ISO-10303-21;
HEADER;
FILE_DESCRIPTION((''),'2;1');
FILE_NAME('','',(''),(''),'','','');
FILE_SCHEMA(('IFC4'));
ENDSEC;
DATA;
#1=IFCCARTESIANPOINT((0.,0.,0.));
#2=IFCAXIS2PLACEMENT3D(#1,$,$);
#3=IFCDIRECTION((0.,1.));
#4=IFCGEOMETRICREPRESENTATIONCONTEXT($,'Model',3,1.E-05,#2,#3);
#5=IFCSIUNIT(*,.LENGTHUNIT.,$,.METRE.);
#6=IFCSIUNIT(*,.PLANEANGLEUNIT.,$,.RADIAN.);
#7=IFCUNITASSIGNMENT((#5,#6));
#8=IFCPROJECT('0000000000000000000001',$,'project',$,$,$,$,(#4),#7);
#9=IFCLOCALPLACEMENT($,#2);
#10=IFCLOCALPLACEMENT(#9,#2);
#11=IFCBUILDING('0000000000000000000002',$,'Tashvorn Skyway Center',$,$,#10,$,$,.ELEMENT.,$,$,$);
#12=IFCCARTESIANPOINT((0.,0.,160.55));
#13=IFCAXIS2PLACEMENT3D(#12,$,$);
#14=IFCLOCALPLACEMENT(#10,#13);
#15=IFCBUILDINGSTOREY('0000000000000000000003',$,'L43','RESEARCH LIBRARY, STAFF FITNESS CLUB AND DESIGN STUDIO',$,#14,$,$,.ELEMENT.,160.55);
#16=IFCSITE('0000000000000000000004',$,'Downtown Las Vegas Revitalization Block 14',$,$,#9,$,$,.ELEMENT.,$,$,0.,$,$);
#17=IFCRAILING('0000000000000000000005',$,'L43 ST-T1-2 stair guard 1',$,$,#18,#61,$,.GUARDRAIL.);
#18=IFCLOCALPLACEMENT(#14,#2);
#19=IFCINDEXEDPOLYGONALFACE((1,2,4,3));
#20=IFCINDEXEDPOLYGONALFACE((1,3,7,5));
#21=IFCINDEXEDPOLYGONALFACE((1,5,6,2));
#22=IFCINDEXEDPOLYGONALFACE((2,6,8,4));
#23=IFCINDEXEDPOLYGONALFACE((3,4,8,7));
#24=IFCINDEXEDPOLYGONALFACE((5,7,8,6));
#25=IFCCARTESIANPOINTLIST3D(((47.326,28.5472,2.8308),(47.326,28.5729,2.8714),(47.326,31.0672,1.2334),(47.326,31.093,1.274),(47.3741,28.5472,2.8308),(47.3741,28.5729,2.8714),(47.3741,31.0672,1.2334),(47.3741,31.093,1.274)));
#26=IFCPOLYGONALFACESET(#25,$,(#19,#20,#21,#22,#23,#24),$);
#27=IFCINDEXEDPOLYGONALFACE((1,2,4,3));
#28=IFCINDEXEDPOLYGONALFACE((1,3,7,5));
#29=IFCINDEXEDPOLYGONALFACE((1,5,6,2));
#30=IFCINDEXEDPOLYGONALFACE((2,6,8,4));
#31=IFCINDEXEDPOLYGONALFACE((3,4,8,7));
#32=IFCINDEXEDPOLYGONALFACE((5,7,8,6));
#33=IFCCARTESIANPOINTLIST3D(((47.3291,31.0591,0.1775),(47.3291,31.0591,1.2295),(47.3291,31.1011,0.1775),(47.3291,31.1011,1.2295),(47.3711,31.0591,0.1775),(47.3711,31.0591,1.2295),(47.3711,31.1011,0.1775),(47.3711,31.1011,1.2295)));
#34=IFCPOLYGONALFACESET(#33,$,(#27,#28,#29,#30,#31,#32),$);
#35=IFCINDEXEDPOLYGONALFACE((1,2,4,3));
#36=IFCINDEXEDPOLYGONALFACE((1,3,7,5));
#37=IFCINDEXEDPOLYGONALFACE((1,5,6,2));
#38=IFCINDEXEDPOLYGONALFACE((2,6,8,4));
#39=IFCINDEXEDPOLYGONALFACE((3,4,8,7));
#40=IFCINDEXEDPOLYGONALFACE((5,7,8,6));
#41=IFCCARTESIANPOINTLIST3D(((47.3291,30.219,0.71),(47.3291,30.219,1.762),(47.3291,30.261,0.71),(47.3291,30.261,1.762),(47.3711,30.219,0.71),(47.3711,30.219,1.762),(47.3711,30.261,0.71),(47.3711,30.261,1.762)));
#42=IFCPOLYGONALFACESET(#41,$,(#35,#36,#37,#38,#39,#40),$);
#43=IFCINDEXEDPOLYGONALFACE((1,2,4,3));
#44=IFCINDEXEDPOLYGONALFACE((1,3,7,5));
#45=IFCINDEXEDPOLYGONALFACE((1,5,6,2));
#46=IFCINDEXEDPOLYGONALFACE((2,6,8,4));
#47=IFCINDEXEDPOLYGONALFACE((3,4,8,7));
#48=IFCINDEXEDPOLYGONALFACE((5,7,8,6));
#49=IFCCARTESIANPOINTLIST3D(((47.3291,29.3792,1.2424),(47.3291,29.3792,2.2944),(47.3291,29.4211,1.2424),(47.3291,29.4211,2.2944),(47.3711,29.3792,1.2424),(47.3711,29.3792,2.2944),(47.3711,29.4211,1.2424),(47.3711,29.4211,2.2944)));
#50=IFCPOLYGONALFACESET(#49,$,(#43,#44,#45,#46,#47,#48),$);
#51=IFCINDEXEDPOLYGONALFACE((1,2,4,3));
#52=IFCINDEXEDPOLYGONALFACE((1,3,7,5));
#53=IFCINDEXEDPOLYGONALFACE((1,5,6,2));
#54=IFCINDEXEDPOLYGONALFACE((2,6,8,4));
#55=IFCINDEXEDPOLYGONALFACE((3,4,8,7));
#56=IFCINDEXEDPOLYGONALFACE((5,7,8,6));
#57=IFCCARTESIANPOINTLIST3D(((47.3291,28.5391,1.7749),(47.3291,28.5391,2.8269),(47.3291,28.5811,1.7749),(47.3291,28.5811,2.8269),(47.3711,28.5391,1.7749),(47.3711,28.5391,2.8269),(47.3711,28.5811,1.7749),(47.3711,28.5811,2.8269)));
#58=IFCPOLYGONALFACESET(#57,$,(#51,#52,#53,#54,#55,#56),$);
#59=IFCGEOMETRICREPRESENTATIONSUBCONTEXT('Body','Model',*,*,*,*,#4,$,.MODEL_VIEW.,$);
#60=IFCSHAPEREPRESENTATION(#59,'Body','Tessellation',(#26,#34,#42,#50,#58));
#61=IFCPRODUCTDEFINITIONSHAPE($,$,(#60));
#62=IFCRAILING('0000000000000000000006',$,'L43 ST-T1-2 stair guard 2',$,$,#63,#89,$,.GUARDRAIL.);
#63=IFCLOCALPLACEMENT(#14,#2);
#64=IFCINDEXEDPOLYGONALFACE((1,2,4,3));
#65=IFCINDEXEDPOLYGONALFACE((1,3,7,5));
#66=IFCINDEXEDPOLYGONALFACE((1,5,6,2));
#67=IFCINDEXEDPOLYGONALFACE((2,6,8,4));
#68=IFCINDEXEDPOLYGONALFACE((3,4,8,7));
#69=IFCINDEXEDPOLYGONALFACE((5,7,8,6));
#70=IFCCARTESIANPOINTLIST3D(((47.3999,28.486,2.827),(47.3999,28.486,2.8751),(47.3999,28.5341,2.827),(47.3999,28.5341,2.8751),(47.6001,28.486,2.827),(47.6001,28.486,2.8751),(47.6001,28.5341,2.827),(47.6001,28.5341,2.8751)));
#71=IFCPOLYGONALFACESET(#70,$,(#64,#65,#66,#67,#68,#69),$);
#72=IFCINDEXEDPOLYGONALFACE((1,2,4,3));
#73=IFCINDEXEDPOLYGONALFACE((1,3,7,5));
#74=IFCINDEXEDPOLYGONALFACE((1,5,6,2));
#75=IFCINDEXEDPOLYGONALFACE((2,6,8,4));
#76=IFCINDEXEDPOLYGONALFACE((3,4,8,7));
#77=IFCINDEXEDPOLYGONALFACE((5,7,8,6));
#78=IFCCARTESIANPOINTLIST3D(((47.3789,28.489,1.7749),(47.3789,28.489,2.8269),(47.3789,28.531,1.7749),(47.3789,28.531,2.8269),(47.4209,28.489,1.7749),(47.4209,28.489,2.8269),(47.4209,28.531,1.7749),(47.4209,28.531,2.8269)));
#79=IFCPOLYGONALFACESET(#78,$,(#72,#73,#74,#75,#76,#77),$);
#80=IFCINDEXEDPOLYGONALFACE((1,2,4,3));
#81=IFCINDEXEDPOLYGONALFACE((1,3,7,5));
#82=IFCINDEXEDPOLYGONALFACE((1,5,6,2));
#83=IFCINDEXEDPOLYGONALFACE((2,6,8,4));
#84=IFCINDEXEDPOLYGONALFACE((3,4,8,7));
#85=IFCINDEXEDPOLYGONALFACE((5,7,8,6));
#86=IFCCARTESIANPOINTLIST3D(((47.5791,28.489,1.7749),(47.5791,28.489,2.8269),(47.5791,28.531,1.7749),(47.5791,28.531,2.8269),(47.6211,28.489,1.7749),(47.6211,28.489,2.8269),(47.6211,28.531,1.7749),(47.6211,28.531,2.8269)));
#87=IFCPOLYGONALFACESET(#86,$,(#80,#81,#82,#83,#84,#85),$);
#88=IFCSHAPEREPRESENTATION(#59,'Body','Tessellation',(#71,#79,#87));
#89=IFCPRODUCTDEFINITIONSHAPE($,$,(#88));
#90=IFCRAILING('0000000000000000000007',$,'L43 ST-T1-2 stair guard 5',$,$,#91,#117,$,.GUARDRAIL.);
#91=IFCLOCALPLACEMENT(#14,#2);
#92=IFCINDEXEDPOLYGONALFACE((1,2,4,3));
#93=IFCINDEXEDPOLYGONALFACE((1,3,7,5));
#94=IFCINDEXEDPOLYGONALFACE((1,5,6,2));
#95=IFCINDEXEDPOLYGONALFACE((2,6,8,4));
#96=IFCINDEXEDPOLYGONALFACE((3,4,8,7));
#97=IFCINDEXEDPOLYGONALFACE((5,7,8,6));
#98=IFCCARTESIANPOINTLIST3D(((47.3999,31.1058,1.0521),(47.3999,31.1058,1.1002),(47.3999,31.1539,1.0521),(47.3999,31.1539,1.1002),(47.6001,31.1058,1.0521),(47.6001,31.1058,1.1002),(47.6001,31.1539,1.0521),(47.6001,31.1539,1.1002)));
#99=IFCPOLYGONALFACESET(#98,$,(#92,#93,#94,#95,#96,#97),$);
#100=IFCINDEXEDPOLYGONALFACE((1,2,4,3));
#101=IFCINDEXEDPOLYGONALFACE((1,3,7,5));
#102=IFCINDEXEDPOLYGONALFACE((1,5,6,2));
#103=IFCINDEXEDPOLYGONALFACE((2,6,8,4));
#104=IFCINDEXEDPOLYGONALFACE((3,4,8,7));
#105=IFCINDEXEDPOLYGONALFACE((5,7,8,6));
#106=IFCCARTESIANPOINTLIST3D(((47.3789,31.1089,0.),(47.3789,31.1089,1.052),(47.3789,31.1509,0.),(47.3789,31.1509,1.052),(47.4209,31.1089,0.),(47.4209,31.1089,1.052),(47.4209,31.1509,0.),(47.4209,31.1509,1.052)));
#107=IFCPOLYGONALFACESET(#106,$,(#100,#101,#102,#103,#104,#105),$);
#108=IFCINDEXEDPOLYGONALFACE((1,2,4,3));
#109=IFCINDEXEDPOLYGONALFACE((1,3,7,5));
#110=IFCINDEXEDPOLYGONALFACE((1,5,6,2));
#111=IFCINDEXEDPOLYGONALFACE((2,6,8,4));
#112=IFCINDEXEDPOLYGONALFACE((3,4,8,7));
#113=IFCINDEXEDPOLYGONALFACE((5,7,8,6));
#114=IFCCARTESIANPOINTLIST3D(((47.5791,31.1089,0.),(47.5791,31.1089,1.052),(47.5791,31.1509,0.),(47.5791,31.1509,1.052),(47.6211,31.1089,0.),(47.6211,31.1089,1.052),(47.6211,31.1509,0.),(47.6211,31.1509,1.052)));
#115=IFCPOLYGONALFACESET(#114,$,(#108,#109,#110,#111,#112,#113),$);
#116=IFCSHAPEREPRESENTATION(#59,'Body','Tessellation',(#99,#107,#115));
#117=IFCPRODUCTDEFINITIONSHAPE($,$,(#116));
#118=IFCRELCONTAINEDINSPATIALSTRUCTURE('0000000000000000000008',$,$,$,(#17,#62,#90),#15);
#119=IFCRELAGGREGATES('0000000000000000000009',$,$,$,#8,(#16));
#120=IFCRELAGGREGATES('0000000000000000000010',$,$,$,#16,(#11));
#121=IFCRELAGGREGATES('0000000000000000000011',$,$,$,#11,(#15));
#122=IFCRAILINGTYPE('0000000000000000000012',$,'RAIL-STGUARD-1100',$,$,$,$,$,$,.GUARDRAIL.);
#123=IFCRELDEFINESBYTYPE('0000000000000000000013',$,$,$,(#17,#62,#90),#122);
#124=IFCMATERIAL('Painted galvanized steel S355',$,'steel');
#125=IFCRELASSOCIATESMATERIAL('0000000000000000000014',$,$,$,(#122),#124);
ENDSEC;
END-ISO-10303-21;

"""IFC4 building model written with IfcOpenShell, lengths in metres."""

from ifc_helpers import new_model, si_unit, direction, frame, origin, origin_2d, place, context, subcontext, project, spatial, rectangle, extrude, material, type_object, element, save


model = new_model("IFC4")

# Units and contexts
model_context = context("Model", 3, precision=1e-05, world=origin(), true_north=direction((0.0, 1.0)))
body_context = subcontext(model_context, "Body", "Model", "MODEL_VIEW")
ifc_project = project(units=[si_unit("LENGTHUNIT", "METRE"), si_unit("PLANEANGLEUNIT", "RADIAN")], contexts=[model_context])

# Site, building, storey
site_placement = place(None, origin())
site = spatial("IfcSite", under=ifc_project, at=site_placement, Name="Downtown Las Vegas Revitalization Block 14", CompositionType="ELEMENT", RefElevation=0.0)
building_placement = place(site_placement, origin())
building = spatial("IfcBuilding", under=site, at=building_placement, Name="Tashvorn Skyway Center", CompositionType="ELEMENT")
storey_placement = place(building_placement, frame((0.0, 0.0, 160.55)))
storey = spatial("IfcBuildingStorey", under=building, at=storey_placement, Name="L43", Description="RESEARCH LIBRARY, STAFF FITNESS CLUB AND DESIGN STUDIO", CompositionType="ELEMENT", Elevation=160.55)

# Railings
ifc_material_1 = material(Name="Painted galvanized steel S355", Category="steel")
railing_type_1 = type_object("IfcRailingType", Name="RAIL-STGUARD-1100", PredefinedType="GUARDRAIL", material=ifc_material_1)
railing_1_placement = place(storey_placement, frame((47.3501, 31.0801, 0.1775)))
element("IfcRailing", 1, at=railing_1_placement, inside=storey, type_object=railing_type_1, Name="L43 ST-T1-2 stair guard 1", PredefinedType="GUARDRAIL", context=body_context, shape_type="SweptSolid", body=[
    extrude(rectangle(XDim=0.0481, YDim=0.0481, at=origin_2d()), frame((0.0, 0.0, 1.0762), z_axis=(0.0, -0.844607, 0.535387), x_axis=(1.0, 0.0, 0.0)), (0.0, 0.0, 1.0), 2.9836),
    extrude(rectangle(XDim=0.042, YDim=0.042, at=origin_2d()), origin(), (0.0, 0.0, 1.0), 1.052),
    extrude(rectangle(XDim=0.042, YDim=0.042, at=origin_2d()), frame((0.0, -0.8401, 0.5325)), (0.0, 0.0, 1.0), 1.052),
    extrude(rectangle(XDim=0.042, YDim=0.042, at=origin_2d()), frame((0.0, -1.6799, 1.0649)), (0.0, 0.0, 1.0), 1.052),
    extrude(rectangle(XDim=0.042, YDim=0.042, at=origin_2d()), frame((0.0, -2.52, 1.5974)), (0.0, 0.0, 1.0), 1.052),
])
for number, where, name in (
    (2, (47.3999, 28.51, 1.7749), "L43 ST-T1-2 stair guard 2"),
    (3, (47.3999, 31.1299, 0.0), "L43 ST-T1-2 stair guard 5"),
):
    element("IfcRailing", number, at=place(storey_placement, frame(where)), inside=storey, type_object=railing_type_1, Name=name, PredefinedType="GUARDRAIL", context=body_context, shape_type="SweptSolid", body=[
        extrude(rectangle(XDim=0.0481, YDim=0.0481, at=origin_2d()), frame((0.0, 0.0, 1.0762), z_axis=(1.0, 0.0, 0.0), x_axis=(0.0, 1.0, 0.0)), (0.0, 0.0, 1.0), 0.2002),
        extrude(rectangle(XDim=0.042, YDim=0.042, at=origin_2d()), origin(), (0.0, 0.0, 1.0), 1.052),
        extrude(rectangle(XDim=0.042, YDim=0.042, at=origin_2d()), frame((0.2002, 0.0, 0.0)), (0.0, 0.0, 1.0), 1.052),
    ])

save(model, "model.ifc")
